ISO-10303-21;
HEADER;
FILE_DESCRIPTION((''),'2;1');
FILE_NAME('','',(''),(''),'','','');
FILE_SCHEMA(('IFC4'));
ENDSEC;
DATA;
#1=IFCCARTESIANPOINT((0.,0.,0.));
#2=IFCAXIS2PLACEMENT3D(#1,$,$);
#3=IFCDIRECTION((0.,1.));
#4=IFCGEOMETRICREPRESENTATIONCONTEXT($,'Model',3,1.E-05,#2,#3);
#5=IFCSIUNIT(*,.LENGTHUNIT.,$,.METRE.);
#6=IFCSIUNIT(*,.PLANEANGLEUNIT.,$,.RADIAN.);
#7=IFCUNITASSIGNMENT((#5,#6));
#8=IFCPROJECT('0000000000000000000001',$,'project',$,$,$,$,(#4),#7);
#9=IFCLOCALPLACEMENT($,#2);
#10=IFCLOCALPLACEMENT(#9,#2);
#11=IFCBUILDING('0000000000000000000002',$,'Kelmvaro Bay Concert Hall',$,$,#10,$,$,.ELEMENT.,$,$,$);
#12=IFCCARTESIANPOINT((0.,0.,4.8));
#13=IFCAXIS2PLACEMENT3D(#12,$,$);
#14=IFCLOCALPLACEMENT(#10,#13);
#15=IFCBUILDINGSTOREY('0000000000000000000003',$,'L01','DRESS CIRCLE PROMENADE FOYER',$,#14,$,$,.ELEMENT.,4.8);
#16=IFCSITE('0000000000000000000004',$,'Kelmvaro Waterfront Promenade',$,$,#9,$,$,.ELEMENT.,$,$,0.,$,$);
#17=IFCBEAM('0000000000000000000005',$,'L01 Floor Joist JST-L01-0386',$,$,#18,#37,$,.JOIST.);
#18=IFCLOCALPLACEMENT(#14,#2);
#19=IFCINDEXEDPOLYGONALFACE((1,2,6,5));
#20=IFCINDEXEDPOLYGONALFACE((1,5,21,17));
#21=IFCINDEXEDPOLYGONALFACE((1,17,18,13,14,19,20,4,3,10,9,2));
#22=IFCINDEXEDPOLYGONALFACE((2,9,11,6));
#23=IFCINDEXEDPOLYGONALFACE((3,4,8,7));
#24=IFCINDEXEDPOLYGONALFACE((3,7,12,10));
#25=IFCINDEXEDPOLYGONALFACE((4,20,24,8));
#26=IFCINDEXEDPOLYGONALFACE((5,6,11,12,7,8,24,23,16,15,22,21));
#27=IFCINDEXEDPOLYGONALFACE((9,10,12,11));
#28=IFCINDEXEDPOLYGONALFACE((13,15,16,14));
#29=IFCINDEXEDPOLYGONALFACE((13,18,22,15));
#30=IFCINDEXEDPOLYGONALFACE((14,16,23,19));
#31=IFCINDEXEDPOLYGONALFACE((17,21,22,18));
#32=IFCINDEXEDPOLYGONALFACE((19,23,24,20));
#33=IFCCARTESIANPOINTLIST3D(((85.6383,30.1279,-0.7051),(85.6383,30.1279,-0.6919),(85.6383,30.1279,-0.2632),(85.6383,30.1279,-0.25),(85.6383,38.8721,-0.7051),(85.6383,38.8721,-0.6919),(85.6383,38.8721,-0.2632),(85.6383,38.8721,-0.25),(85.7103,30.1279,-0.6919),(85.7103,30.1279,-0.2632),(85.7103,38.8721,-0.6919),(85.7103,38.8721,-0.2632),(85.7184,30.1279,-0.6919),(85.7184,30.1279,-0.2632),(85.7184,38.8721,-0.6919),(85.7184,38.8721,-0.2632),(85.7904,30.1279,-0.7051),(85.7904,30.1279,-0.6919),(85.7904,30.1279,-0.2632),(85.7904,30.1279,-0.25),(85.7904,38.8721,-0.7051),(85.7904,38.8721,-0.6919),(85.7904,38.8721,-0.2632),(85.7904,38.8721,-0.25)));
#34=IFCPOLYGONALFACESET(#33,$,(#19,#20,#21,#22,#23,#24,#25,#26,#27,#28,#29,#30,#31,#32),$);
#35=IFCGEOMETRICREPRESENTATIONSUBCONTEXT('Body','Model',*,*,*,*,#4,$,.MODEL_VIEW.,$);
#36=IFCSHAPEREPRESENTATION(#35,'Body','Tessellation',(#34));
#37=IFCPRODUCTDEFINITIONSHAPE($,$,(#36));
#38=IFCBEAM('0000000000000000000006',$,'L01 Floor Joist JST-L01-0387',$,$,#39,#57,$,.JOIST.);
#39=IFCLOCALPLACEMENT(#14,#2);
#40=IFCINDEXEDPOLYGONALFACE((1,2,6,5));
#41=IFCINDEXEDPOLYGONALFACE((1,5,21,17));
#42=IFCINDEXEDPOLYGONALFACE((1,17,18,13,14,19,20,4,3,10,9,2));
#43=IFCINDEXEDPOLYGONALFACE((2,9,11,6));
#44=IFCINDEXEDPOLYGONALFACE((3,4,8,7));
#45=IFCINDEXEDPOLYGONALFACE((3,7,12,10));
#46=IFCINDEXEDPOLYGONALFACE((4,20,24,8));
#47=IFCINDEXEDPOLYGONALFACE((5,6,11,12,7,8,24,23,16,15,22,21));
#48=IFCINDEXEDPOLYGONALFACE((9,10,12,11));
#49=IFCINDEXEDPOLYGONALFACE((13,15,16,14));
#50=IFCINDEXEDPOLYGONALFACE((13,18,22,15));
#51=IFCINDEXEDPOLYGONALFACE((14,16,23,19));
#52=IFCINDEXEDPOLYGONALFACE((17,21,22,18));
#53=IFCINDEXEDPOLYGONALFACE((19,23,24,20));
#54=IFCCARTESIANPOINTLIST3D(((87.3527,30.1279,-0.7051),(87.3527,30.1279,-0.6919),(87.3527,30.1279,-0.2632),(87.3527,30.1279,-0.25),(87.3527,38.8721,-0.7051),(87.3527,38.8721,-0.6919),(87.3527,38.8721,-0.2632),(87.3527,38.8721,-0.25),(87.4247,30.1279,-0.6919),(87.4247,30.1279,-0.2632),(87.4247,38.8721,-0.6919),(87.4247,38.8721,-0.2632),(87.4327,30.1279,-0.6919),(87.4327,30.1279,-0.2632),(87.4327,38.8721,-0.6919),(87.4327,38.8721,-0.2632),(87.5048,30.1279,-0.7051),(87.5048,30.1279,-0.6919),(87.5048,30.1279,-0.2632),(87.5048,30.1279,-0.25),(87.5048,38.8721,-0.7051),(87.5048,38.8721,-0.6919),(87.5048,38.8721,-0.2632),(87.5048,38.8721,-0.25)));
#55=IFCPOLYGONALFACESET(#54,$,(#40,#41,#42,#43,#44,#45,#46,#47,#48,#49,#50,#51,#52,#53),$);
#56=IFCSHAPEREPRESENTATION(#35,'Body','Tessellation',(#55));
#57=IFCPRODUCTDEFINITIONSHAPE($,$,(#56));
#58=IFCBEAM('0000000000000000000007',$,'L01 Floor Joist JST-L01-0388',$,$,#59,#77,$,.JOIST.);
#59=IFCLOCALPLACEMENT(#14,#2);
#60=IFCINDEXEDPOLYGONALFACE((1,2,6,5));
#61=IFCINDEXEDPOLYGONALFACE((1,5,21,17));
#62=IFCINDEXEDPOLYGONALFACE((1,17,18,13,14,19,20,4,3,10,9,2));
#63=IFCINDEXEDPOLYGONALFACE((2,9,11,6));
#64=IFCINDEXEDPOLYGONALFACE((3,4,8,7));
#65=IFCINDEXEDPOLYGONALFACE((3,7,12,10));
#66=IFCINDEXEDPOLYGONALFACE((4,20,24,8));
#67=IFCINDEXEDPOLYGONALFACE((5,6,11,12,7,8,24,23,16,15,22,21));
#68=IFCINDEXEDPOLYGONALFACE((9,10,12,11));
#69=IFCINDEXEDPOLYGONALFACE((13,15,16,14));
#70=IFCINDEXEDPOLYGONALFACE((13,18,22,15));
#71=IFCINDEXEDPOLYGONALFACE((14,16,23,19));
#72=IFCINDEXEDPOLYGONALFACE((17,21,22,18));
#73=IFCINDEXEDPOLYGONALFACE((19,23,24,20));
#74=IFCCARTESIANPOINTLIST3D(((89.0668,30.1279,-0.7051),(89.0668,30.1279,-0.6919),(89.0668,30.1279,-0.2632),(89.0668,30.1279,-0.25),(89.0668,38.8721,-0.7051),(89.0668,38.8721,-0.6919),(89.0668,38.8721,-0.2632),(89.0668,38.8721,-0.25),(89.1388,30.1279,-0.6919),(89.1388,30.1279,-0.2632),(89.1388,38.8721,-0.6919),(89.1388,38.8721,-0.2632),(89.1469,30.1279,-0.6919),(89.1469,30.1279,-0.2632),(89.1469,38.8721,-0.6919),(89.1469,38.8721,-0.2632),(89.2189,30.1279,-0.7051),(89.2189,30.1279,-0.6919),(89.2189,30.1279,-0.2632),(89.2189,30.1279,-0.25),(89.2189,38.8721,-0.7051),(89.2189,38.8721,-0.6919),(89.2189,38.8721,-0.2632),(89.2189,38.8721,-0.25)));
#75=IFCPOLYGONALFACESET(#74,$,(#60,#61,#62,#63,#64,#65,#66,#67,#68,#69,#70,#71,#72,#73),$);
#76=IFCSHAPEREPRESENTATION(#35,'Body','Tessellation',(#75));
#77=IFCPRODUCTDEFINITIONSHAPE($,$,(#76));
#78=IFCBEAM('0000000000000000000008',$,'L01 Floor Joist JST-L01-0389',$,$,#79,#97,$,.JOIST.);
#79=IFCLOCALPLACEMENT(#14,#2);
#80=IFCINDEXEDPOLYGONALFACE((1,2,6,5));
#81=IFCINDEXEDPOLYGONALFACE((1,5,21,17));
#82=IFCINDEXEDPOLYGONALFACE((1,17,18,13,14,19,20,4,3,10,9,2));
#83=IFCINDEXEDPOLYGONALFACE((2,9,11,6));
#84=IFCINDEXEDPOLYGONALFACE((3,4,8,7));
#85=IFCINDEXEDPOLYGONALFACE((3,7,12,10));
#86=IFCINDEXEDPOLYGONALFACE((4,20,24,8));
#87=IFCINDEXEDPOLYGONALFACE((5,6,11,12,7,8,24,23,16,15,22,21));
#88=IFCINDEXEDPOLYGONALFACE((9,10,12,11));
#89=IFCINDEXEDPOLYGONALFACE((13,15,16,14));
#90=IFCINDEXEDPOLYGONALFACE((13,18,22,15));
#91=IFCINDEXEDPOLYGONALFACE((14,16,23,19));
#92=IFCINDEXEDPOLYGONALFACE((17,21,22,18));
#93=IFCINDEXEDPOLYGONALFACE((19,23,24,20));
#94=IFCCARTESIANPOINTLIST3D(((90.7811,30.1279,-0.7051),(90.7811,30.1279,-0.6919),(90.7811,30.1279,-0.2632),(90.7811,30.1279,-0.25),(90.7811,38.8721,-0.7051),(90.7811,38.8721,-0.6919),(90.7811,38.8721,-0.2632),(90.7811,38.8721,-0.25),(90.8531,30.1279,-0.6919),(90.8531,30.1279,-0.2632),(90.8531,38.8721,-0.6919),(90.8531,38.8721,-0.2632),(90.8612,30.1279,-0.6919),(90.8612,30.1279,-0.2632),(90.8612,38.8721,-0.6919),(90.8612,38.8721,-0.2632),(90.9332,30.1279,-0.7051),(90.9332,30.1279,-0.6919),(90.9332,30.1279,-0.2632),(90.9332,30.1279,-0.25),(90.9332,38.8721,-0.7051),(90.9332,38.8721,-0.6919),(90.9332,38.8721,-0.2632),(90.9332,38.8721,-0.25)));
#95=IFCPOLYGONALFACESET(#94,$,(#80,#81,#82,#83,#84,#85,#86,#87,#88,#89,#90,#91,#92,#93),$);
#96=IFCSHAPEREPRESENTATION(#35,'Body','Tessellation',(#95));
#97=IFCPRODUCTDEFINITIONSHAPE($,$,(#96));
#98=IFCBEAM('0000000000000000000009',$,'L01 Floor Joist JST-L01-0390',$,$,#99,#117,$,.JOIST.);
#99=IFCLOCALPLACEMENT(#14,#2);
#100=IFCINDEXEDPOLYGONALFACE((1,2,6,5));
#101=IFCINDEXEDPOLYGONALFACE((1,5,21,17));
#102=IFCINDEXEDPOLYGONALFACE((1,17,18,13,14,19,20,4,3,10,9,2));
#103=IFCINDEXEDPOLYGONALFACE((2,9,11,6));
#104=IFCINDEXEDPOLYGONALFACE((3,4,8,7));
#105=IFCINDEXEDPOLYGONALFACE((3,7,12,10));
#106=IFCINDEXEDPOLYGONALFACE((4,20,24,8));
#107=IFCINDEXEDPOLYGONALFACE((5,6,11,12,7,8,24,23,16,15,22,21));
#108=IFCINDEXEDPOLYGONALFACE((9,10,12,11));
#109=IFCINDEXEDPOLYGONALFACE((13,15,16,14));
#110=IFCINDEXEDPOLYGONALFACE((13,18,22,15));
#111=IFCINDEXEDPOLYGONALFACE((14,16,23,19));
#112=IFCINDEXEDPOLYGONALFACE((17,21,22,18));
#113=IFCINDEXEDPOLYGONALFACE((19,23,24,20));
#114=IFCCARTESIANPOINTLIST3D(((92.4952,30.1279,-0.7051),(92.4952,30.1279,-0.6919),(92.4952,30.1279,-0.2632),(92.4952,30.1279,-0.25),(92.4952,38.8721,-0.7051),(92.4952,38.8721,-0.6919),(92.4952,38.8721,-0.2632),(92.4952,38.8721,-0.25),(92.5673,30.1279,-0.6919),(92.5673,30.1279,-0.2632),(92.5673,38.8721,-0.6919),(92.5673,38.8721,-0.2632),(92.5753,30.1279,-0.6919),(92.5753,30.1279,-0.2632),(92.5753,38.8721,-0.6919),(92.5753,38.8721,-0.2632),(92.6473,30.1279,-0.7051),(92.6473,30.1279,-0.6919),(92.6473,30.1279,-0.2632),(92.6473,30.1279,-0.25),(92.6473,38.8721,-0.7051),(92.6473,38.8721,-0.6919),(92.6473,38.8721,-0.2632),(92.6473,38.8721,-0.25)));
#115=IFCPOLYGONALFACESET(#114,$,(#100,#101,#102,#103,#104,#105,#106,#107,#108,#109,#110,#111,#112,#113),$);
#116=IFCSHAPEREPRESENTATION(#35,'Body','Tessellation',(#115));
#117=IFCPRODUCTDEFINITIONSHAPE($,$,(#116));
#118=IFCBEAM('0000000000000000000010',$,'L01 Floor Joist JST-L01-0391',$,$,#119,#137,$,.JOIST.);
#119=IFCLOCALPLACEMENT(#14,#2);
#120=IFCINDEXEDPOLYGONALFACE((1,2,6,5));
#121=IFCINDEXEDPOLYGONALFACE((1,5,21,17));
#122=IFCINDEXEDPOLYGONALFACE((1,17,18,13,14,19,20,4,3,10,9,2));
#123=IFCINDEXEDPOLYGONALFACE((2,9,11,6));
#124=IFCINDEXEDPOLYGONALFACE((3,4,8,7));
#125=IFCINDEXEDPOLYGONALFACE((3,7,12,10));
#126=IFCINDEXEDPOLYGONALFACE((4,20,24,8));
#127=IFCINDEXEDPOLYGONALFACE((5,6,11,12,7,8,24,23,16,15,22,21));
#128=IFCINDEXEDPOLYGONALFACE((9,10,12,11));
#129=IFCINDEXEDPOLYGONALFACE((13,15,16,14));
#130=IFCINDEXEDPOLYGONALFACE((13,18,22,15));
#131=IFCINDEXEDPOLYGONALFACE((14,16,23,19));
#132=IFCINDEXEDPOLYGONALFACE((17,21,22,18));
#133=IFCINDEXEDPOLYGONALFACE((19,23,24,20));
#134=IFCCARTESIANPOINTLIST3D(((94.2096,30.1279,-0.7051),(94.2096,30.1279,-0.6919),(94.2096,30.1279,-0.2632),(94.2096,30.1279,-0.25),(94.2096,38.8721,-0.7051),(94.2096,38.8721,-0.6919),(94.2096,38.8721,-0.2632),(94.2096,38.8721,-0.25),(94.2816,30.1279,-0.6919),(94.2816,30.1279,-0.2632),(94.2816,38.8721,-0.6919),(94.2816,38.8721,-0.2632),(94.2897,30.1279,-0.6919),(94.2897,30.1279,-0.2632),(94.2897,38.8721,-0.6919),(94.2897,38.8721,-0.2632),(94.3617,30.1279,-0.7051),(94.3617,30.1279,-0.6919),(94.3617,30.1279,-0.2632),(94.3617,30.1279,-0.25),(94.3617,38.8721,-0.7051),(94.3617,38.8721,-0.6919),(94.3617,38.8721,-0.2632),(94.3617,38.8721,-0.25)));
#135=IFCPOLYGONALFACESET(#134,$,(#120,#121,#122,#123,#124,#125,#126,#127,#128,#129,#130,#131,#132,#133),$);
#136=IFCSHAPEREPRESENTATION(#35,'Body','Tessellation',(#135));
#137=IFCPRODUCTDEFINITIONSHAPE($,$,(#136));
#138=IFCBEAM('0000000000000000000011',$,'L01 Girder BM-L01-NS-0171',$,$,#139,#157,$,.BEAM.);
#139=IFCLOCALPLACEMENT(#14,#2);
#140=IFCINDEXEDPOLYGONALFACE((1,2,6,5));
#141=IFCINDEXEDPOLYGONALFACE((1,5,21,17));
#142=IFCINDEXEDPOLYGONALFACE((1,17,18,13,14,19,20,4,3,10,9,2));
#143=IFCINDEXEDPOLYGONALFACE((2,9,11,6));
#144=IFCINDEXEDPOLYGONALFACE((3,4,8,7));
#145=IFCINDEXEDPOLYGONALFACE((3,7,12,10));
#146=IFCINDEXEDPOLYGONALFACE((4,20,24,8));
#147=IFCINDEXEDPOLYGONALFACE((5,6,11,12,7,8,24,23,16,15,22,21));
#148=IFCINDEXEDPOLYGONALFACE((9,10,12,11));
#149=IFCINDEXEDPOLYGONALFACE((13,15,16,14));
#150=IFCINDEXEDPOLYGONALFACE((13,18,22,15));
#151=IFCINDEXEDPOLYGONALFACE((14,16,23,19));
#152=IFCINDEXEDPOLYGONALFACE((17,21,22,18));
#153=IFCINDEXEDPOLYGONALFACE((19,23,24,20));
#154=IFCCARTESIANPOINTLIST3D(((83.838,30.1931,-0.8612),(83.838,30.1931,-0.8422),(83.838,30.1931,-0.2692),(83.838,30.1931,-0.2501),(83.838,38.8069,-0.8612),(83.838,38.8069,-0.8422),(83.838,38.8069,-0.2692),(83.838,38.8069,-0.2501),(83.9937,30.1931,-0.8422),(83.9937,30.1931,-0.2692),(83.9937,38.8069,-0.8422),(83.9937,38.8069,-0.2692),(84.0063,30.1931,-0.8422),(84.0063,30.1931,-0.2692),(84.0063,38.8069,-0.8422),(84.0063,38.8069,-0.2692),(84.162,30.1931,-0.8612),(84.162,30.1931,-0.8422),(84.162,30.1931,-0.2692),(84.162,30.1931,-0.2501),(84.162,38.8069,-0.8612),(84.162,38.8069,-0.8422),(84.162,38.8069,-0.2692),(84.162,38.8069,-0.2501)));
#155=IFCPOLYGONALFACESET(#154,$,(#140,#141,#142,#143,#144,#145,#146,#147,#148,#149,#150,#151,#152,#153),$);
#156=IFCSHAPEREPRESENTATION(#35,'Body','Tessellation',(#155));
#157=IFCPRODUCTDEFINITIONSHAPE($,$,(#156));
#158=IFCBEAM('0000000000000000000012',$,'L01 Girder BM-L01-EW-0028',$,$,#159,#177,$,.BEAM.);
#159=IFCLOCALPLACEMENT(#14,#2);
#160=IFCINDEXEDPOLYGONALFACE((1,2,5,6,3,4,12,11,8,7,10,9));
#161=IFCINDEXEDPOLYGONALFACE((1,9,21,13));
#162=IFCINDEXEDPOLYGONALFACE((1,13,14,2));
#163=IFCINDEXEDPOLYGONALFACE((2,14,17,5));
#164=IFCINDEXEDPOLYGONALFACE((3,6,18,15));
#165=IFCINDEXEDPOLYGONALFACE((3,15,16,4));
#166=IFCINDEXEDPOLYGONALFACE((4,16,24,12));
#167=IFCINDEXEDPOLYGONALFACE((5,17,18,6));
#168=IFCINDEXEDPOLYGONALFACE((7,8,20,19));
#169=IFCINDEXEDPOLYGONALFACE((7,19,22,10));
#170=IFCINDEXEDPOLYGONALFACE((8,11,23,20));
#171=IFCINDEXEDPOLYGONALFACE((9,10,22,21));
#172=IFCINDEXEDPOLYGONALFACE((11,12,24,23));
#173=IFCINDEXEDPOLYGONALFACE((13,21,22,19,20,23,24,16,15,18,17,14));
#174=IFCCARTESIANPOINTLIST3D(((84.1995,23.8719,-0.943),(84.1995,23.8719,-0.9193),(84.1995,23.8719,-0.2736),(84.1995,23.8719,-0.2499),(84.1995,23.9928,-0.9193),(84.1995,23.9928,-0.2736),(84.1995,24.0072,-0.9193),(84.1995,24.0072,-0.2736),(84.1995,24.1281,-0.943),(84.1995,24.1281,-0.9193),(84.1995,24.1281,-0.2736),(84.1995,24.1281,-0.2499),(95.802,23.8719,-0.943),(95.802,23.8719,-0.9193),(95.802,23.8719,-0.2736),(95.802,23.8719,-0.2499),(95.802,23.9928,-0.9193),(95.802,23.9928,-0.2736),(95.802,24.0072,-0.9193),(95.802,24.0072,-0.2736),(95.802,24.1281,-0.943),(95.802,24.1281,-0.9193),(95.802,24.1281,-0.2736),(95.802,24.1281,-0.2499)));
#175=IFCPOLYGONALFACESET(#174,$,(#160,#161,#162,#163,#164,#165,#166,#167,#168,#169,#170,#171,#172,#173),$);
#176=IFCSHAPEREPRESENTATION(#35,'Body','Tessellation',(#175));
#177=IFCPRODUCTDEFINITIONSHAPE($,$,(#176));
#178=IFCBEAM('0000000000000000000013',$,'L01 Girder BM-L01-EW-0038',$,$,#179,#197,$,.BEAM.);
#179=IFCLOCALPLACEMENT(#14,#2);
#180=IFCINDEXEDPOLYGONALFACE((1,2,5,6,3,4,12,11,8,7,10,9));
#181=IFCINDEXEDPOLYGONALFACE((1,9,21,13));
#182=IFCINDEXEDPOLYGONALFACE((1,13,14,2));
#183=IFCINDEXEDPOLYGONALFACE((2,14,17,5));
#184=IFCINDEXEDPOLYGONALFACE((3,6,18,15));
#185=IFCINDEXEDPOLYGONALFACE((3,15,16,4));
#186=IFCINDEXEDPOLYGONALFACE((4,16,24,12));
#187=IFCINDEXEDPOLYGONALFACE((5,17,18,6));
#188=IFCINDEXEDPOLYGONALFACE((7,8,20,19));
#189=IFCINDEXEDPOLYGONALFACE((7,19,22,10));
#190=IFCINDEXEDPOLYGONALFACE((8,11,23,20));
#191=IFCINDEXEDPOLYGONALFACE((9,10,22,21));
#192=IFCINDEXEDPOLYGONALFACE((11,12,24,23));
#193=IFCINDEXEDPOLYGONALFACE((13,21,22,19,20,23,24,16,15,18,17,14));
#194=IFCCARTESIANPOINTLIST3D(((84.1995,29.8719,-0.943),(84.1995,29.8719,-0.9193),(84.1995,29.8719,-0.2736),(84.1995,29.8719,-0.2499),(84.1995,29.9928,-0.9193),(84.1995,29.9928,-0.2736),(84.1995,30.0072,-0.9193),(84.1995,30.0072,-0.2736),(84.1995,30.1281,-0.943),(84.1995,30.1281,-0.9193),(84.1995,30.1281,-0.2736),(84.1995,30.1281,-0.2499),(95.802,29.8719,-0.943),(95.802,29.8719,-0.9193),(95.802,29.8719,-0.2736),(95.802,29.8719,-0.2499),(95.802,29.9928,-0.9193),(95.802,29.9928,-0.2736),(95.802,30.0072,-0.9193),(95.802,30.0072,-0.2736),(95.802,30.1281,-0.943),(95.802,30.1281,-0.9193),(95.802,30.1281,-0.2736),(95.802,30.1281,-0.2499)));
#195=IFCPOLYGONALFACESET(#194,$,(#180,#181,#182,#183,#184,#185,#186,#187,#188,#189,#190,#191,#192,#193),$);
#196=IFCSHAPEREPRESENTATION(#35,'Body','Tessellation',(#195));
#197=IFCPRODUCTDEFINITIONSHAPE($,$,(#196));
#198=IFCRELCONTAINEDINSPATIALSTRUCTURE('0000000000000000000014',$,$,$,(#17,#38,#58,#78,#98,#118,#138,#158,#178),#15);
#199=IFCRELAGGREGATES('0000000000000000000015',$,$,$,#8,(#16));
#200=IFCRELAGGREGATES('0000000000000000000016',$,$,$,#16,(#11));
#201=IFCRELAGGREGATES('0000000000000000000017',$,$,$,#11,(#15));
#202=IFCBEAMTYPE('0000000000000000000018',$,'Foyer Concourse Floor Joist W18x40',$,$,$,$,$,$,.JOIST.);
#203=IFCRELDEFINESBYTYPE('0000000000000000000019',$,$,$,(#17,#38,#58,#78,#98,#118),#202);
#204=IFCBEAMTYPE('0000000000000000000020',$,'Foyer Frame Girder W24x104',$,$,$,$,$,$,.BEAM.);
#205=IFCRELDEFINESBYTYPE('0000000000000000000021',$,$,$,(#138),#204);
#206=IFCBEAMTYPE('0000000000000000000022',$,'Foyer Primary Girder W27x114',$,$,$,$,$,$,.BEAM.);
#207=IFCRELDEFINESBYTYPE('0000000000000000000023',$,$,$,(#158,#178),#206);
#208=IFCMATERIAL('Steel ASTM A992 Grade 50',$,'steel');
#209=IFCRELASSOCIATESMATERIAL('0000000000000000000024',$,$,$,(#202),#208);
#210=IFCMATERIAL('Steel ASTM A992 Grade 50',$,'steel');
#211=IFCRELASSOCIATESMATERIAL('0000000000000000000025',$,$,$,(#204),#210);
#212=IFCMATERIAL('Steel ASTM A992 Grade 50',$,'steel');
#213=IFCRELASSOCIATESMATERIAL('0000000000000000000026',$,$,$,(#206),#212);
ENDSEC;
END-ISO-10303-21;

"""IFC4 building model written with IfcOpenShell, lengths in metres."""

from ifc_helpers import new_model, si_unit, direction, frame, origin, origin_2d, place, context, subcontext, project, spatial, i_section, extrude, material, material_profile, profile_set, type_object, element, save


model = new_model("IFC4")

# Units and contexts
model_context = context("Model", 3, precision=1e-05, world=origin(), true_north=direction((0.0, 1.0)))
body_context = subcontext(model_context, "Body", "Model", "MODEL_VIEW")
ifc_project = project(units=[si_unit("LENGTHUNIT", "METRE"), si_unit("PLANEANGLEUNIT", "RADIAN")], contexts=[model_context])

# Site, building, storey
site_placement = place(None, origin())
site = spatial("IfcSite", under=ifc_project, at=site_placement, Name="Kelmvaro Waterfront Promenade", CompositionType="ELEMENT", RefElevation=0.0)
building_placement = place(site_placement, origin())
building = spatial("IfcBuilding", under=site, at=building_placement, Name="Kelmvaro Bay Concert Hall", CompositionType="ELEMENT")
storey_placement = place(building_placement, frame((0.0, 0.0, 4.8)))
storey = spatial("IfcBuildingStorey", under=building, at=storey_placement, Name="L01", Description="DRESS CIRCLE PROMENADE FOYER", CompositionType="ELEMENT", Elevation=4.8)

# Beams
ifc_material_1 = material(Name="Steel ASTM A992 Grade 50", Category="steel")
ifc_material_profile_1 = material_profile(ifc_material_1, i_section(OverallWidth=0.1521, OverallDepth=0.4551, WebThickness=0.0081, FlangeThickness=0.0132, at=origin_2d()), Name="W18X40")
ifc_profile_set_1 = profile_set([ifc_material_profile_1], Name="Steel ASTM A992 Grade 50")
beam_type_1 = type_object("IfcBeamType", Name="Foyer Concourse Floor Joist W18x40", PredefinedType="JOIST", material=ifc_profile_set_1)
for number, where, z_axis, x_axis, name in (
    (1, (85.7144, 30.1279, -0.4775), (0.0, 1.0, 0.0), (-1.0, 0.0, 0.0), "L01 Floor Joist JST-L01-0386"),
    (2, (87.4287, 30.1279, -0.4775), (0.0, 1.0, 0.0), (-1.0, 0.0, 0.0), "L01 Floor Joist JST-L01-0387"),
    (3, (89.1428, 30.1279, -0.4775), (0.0, 1.0, 0.0), (-1.0, 0.0, 0.0), "L01 Floor Joist JST-L01-0388"),
    (4, (90.8572, 30.1279, -0.4775), (0.0, 1.0, 0.0), (-1.0, 0.0, 0.0), "L01 Floor Joist JST-L01-0389"),
    (5, (92.5713, 30.1279, -0.4775), (0.0, 1.0, 0.0), (-1.0, 0.0, 0.0), "L01 Floor Joist JST-L01-0390"),
    (6, (94.2856, 30.1279, -0.4775), (0.0, 1.0, 0.0), (-1.0, 0.0, 0.0), "L01 Floor Joist JST-L01-0391"),
):
    element("IfcBeam", number, at=place(storey_placement, frame(where, z_axis=z_axis, x_axis=x_axis)), inside=storey, type_object=beam_type_1, Name=name, PredefinedType="JOIST", context=body_context, shape_type="SweptSolid", body=[
        extrude(i_section(OverallWidth=0.1521, OverallDepth=0.4551, WebThickness=0.0081, FlangeThickness=0.0132, at=origin_2d()), origin(), (0.0, 0.0, 1.0), 8.7441),
    ])
ifc_material_2 = material(Name="Steel ASTM A992 Grade 50", Category="steel")
ifc_material_profile_2 = material_profile(ifc_material_2, i_section(OverallWidth=0.324, OverallDepth=0.6111, WebThickness=0.0127, FlangeThickness=0.019, at=origin_2d()), Name="W24X104")
ifc_profile_set_2 = profile_set([ifc_material_profile_2], Name="Steel ASTM A992 Grade 50")
beam_type_2 = type_object("IfcBeamType", Name="Foyer Frame Girder W24x104", PredefinedType="BEAM", material=ifc_profile_set_2)
beam_1_placement = place(storey_placement, frame((84.0, 30.1931, -0.5557), z_axis=(0.0, 1.0, 0.0), x_axis=(-1.0, 0.0, 0.0)))
element("IfcBeam", 7, at=beam_1_placement, inside=storey, type_object=beam_type_2, Name="L01 Girder BM-L01-NS-0171", PredefinedType="BEAM", context=body_context, shape_type="SweptSolid", body=[
    extrude(i_section(OverallWidth=0.324, OverallDepth=0.6111, WebThickness=0.0127, FlangeThickness=0.019, at=origin_2d()), origin(), (0.0, 0.0, 1.0), 8.6138),
])
ifc_material_3 = material(Name="Steel ASTM A992 Grade 50", Category="steel")
ifc_material_profile_3 = material_profile(ifc_material_3, i_section(OverallWidth=0.2561, OverallDepth=0.6931, WebThickness=0.0144, FlangeThickness=0.0237, at=origin_2d()), Name="W27X114")
ifc_profile_set_3 = profile_set([ifc_material_profile_3], Name="Steel ASTM A992 Grade 50")
beam_type_3 = type_object("IfcBeamType", Name="Foyer Primary Girder W27x114", PredefinedType="BEAM", material=ifc_profile_set_3)
for number, where, z_axis, x_axis, name in (
    (8, (84.1995, 24.0, -0.5964), (1.0, 0.0, 0.0), (0.0, 1.0, 0.0), "L01 Girder BM-L01-EW-0028"),
    (9, (84.1995, 30.0, -0.5964), (1.0, 0.0, 0.0), (0.0, 1.0, 0.0), "L01 Girder BM-L01-EW-0038"),
):
    element("IfcBeam", number, at=place(storey_placement, frame(where, z_axis=z_axis, x_axis=x_axis)), inside=storey, type_object=beam_type_3, Name=name, PredefinedType="BEAM", context=body_context, shape_type="SweptSolid", body=[
        extrude(i_section(OverallWidth=0.2561, OverallDepth=0.6931, WebThickness=0.0144, FlangeThickness=0.0237, at=origin_2d()), origin(), (0.0, 0.0, 1.0), 11.6025),
    ])

save(model, "model.ifc")
